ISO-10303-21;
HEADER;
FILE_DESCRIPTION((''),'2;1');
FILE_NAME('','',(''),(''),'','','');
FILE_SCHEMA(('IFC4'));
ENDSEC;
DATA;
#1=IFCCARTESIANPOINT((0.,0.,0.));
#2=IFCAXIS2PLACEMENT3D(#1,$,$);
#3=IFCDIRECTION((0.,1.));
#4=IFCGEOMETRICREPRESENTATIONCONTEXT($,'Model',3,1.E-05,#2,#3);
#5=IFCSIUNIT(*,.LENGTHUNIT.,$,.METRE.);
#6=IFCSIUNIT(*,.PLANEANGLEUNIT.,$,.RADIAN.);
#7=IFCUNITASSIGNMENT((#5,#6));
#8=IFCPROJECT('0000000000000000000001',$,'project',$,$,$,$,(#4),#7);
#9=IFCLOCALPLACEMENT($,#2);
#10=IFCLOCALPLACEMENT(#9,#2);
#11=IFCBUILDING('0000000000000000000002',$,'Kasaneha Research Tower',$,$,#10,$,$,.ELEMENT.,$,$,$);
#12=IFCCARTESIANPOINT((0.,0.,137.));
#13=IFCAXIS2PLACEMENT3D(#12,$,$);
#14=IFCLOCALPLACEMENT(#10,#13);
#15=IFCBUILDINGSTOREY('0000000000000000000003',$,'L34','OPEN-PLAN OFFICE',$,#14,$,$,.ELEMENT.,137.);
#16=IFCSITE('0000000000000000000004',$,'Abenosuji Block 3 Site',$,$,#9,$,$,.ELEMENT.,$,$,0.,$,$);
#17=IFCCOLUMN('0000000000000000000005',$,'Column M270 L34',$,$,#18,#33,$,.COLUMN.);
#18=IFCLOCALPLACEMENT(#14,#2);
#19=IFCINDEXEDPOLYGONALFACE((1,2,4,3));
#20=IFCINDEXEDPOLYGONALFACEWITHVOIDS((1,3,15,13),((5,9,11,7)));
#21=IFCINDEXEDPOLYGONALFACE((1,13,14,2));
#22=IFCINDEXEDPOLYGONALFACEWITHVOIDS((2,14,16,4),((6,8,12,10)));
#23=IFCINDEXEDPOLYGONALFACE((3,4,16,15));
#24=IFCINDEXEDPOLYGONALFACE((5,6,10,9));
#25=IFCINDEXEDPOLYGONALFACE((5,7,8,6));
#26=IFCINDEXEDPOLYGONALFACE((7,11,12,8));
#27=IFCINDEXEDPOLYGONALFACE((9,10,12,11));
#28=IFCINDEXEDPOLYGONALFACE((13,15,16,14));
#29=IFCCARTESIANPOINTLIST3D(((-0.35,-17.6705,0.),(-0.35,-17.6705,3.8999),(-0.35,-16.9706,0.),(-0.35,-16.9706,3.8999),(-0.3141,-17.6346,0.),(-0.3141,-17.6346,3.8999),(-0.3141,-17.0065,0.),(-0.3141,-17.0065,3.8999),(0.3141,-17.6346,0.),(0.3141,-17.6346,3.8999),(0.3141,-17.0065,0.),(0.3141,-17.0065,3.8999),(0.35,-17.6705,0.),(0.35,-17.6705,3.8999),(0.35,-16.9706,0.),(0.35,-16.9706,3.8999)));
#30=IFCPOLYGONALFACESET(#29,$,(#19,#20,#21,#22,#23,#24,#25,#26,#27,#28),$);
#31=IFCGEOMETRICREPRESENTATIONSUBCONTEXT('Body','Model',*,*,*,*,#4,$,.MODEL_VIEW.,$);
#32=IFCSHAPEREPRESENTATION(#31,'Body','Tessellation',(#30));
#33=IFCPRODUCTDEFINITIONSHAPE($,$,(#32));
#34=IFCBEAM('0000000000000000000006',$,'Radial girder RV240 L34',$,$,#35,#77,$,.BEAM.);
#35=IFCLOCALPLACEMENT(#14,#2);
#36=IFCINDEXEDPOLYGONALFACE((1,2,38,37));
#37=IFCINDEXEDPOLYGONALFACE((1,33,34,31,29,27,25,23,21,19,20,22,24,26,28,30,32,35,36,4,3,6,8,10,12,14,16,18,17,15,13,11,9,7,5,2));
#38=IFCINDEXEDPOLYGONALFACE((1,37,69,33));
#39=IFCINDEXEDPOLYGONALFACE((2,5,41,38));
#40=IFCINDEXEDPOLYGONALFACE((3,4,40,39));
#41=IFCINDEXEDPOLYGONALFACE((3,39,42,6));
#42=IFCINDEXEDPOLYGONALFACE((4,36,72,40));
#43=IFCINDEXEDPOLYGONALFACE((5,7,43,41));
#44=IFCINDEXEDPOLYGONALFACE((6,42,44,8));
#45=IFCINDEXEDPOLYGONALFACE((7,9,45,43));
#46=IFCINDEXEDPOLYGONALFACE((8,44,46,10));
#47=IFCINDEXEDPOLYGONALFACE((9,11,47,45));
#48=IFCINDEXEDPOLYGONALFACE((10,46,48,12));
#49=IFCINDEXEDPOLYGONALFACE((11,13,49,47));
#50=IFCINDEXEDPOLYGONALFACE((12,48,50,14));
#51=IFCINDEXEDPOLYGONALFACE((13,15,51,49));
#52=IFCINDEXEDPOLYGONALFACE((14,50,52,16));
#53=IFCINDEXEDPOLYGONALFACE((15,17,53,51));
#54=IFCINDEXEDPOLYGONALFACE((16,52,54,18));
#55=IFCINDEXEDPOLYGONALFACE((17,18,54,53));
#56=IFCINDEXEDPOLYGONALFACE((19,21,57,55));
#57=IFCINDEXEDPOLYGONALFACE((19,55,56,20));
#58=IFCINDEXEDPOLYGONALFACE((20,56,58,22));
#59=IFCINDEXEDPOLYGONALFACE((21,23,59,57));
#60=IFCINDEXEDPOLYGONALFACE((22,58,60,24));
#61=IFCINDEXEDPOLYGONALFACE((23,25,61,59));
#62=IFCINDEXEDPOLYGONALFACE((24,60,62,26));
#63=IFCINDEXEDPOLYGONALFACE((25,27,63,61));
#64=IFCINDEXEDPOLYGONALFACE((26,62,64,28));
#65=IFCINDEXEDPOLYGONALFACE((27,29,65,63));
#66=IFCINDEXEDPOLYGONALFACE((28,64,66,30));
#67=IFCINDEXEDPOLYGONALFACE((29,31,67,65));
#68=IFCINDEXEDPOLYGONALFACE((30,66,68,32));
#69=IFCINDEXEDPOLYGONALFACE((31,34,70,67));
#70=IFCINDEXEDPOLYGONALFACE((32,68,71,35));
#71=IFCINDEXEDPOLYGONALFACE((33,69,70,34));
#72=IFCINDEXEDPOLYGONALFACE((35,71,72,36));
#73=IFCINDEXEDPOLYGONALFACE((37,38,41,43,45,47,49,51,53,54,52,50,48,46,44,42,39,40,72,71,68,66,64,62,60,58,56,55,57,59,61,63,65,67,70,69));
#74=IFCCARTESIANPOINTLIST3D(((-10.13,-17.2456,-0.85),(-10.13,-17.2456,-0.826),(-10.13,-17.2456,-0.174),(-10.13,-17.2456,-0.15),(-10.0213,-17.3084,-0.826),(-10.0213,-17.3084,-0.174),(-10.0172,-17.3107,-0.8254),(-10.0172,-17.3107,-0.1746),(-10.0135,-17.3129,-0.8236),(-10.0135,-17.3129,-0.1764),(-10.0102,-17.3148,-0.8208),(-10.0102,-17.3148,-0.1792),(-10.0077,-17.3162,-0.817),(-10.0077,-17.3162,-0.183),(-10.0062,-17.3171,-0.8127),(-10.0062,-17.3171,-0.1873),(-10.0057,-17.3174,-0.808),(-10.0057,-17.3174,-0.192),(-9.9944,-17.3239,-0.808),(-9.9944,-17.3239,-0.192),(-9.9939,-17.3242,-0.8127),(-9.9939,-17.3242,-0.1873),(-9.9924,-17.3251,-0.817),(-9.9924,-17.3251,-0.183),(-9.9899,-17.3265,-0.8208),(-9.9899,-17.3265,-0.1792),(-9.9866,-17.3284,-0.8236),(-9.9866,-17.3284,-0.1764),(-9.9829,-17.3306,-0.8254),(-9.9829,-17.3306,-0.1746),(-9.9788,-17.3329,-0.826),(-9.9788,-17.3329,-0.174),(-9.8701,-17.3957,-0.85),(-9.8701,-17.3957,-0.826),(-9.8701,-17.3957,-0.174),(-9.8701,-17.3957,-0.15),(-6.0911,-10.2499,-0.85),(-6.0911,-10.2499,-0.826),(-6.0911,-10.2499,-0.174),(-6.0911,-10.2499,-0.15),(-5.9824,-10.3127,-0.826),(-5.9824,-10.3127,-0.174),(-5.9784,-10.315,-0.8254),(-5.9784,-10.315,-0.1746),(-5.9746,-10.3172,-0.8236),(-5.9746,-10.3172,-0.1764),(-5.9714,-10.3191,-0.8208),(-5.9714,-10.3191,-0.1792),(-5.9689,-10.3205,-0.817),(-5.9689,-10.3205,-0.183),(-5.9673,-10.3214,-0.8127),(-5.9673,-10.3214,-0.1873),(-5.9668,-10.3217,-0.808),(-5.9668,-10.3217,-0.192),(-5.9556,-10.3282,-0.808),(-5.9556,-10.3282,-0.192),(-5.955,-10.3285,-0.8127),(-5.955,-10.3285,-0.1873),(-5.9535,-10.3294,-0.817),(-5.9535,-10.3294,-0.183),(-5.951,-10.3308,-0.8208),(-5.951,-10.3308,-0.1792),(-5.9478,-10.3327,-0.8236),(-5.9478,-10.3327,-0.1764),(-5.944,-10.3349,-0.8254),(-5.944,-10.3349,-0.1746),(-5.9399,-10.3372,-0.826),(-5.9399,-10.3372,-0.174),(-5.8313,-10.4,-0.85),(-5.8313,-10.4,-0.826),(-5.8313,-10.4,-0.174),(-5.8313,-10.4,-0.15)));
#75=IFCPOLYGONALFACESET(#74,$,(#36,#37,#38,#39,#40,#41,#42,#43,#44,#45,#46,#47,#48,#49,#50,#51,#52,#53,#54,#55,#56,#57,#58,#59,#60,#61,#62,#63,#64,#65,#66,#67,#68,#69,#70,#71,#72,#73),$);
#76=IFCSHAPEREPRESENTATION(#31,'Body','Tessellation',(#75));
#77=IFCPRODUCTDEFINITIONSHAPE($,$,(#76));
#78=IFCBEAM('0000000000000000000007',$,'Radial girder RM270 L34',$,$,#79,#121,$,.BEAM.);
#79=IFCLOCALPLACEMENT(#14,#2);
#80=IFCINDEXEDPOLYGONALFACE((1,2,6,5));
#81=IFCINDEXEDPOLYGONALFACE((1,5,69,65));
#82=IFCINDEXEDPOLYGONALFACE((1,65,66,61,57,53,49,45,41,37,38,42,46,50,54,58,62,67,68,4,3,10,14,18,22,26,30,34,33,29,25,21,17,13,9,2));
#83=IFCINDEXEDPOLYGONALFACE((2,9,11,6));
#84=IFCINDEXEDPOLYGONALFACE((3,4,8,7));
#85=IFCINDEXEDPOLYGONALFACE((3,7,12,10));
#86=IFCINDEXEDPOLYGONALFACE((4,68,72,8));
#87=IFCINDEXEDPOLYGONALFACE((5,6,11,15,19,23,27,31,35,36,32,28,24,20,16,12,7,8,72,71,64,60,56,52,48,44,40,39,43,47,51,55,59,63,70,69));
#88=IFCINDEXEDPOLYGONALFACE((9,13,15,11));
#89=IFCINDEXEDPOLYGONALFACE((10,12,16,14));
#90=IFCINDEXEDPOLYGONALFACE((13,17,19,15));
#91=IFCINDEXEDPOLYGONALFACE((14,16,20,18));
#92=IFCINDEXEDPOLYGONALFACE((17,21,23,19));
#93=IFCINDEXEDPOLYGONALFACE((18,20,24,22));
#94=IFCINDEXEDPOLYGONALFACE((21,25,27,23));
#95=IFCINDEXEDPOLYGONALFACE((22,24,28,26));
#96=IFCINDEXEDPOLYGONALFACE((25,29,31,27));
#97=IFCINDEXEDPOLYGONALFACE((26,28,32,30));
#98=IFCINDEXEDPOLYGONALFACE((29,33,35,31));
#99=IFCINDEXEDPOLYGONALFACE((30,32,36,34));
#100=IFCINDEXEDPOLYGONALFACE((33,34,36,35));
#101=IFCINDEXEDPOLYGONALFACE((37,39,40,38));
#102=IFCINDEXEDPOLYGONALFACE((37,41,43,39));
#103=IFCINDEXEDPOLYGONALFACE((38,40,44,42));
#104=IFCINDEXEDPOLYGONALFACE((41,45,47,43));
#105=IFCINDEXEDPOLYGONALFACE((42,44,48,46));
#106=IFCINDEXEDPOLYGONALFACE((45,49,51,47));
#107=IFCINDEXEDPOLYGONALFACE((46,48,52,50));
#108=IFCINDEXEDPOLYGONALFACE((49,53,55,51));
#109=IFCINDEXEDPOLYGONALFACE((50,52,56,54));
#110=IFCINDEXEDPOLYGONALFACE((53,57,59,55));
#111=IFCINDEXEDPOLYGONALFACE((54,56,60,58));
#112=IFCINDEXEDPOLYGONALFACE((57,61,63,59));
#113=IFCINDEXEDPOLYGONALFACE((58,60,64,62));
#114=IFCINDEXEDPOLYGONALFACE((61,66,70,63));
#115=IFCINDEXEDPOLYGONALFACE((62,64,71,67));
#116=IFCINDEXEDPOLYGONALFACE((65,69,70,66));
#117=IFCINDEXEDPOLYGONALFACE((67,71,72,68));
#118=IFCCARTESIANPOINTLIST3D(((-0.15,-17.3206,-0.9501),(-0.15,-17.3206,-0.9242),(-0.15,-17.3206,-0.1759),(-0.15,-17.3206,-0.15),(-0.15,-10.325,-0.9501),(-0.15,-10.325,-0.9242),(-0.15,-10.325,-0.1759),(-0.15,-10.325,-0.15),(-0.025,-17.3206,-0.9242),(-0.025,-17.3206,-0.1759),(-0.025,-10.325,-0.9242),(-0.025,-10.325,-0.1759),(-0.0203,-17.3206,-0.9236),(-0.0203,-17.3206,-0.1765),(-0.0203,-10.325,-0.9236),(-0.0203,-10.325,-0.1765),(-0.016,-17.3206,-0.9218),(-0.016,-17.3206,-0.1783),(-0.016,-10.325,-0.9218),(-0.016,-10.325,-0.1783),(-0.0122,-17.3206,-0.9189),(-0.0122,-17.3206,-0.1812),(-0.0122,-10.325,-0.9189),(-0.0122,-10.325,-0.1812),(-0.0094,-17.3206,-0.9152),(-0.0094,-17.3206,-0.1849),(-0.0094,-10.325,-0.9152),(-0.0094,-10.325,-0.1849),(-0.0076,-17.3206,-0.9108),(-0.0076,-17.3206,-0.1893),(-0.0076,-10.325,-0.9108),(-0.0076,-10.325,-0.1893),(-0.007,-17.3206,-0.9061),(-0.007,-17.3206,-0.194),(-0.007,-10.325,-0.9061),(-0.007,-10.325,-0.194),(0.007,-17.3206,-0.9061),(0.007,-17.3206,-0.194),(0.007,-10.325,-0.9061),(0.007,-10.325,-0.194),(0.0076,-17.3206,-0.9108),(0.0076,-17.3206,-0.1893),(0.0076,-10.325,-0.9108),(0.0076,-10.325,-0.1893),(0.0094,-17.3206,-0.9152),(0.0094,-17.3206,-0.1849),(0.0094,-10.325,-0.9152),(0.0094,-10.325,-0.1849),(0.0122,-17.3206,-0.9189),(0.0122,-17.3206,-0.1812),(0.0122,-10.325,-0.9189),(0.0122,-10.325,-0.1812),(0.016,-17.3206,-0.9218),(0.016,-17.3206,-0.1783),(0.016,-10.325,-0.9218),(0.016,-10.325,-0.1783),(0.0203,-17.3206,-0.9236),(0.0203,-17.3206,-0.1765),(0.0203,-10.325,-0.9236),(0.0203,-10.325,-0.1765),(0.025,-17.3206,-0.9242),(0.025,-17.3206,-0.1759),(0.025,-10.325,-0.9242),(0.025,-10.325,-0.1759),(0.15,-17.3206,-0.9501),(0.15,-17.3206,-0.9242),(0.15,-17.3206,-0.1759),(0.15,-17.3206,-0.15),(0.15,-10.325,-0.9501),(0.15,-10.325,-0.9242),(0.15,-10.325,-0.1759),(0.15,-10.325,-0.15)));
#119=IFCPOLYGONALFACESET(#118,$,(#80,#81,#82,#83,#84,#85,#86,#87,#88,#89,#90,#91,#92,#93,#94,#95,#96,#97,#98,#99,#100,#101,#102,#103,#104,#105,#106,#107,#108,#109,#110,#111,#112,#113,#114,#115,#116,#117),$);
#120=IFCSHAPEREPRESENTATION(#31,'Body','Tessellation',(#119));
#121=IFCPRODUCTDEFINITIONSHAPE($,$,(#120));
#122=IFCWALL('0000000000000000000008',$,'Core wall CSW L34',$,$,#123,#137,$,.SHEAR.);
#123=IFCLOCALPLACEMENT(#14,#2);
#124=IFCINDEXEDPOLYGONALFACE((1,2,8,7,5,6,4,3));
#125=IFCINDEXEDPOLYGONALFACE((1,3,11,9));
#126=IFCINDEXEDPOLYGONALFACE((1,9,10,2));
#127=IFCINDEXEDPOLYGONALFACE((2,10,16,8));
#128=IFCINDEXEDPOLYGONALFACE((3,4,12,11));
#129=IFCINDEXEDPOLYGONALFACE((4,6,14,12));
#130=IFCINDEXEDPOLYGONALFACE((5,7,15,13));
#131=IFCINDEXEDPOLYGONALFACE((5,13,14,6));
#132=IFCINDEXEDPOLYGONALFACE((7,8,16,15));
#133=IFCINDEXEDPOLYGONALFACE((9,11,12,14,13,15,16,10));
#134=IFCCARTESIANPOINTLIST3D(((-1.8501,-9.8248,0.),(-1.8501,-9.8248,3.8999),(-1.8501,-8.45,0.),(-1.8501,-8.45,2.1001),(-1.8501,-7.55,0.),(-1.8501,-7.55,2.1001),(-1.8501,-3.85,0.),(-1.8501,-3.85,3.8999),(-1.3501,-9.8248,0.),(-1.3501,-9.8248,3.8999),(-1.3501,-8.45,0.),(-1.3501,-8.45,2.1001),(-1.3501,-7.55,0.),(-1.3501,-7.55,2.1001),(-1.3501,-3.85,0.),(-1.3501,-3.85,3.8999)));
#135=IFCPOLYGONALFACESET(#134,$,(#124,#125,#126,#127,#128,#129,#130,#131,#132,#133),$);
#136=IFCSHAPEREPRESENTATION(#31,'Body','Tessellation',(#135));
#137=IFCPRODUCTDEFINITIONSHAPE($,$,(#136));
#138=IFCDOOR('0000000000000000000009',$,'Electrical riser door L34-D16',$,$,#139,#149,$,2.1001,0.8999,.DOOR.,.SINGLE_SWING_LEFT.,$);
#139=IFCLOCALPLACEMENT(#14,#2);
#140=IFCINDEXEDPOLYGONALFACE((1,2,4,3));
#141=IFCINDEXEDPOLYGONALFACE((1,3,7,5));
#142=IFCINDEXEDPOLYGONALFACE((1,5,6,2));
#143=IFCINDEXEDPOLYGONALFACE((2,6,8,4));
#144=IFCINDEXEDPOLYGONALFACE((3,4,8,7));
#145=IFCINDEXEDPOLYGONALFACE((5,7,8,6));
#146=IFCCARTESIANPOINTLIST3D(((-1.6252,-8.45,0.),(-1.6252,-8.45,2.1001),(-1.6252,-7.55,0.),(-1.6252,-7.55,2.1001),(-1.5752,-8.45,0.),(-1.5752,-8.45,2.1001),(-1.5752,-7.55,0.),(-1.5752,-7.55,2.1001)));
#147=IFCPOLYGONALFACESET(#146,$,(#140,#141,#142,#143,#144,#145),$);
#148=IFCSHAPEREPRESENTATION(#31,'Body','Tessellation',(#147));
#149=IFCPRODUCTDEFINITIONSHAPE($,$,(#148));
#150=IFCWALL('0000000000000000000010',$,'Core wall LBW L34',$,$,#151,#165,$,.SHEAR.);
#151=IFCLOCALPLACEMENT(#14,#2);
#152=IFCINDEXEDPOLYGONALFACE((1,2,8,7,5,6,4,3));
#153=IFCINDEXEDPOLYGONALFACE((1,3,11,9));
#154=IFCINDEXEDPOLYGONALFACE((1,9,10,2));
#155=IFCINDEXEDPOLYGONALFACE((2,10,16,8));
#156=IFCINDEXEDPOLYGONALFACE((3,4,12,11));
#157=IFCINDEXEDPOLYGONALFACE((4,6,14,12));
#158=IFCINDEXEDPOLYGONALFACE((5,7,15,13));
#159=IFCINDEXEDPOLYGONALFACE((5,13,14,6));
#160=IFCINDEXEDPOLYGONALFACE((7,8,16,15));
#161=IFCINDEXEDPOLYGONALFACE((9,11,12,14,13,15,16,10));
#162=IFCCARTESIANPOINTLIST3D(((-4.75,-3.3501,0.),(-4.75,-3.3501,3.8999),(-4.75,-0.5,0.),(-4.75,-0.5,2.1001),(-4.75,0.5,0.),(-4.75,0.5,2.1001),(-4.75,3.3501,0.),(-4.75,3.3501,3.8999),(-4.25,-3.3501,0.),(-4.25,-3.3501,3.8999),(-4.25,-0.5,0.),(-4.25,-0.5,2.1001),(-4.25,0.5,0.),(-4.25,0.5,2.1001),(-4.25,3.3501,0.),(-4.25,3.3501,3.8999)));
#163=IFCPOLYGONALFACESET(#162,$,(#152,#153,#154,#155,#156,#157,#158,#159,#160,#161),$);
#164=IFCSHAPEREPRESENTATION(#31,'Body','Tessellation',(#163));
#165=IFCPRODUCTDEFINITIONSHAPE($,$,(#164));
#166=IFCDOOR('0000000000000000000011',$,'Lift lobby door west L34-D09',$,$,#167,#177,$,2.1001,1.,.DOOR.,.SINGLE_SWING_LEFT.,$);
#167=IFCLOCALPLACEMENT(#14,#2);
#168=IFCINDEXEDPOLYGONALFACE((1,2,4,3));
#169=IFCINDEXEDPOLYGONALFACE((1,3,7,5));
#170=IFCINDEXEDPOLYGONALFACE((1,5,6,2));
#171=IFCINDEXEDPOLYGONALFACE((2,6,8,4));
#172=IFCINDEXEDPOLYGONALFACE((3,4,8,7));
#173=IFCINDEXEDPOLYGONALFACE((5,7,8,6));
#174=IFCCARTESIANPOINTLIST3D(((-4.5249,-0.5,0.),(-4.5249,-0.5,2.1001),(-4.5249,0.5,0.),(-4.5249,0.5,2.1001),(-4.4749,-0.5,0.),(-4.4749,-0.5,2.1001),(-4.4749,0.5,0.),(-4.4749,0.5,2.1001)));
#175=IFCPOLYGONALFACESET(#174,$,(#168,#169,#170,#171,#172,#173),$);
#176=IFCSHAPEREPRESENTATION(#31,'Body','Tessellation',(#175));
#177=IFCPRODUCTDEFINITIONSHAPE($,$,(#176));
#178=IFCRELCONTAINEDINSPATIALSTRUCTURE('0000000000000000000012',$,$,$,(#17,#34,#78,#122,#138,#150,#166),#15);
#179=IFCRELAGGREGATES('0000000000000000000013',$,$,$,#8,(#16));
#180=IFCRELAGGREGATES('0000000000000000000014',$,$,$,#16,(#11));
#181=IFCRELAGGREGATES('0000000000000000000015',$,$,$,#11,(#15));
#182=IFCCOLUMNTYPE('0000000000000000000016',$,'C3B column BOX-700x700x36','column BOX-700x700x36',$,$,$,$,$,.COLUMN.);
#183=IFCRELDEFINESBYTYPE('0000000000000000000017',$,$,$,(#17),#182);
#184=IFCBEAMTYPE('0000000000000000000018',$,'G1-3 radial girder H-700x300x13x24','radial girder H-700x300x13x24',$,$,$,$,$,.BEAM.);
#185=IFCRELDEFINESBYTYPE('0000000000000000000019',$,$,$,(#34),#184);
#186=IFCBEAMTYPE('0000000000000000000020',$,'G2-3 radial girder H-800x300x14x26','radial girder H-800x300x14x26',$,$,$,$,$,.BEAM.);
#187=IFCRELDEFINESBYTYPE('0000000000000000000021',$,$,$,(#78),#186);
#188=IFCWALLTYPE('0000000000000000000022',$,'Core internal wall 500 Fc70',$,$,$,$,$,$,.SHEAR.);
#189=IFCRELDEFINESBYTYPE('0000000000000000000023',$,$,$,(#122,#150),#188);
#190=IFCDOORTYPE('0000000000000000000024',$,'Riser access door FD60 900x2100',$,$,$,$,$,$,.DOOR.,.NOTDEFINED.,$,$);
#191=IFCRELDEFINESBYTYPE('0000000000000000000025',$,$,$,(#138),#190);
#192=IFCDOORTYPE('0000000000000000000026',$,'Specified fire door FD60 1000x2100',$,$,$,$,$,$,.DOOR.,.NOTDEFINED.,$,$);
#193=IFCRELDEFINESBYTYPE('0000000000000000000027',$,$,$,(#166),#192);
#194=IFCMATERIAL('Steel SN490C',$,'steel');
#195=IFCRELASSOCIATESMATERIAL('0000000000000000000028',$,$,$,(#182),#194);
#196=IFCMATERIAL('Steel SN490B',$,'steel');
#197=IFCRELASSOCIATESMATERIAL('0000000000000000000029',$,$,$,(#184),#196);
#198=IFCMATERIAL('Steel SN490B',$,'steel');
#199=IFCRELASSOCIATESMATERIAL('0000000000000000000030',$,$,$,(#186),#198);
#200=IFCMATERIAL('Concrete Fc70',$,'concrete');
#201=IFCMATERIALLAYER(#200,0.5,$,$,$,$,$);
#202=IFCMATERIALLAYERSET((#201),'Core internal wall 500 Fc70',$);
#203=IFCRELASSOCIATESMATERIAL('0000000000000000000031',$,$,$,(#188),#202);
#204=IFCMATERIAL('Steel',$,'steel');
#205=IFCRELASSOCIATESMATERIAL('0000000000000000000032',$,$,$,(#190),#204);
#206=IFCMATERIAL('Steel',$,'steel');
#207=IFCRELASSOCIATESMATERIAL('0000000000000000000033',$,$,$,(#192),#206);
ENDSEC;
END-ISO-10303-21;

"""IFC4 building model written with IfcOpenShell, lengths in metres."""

from ifc_helpers import new_model, si_unit, direction, frame, frame_2d, origin, origin_2d, place, context, subcontext, project, spatial, rectangle, hollow_rectangle, i_section, extrude, material, layer, layer_set, material_profile, profile_set, type_object, element, fill, save


model = new_model("IFC4")

# Units and contexts
model_context = context("Model", 3, precision=1e-05, world=origin(), true_north=direction((0.0, 1.0)))
body_context = subcontext(model_context, "Body", "Model", "MODEL_VIEW")
ifc_project = project(units=[si_unit("LENGTHUNIT", "METRE"), si_unit("PLANEANGLEUNIT", "RADIAN")], contexts=[model_context])

# Site, building, storey
site_placement = place(None, origin())
site = spatial("IfcSite", under=ifc_project, at=site_placement, Name="Abenosuji Block 3 Site", CompositionType="ELEMENT", RefElevation=0.0)
building_placement = place(site_placement, origin())
building = spatial("IfcBuilding", under=site, at=building_placement, Name="Kasaneha Research Tower", CompositionType="ELEMENT")
storey_placement = place(building_placement, frame((0.0, 0.0, 137.0)))
storey = spatial("IfcBuildingStorey", under=building, at=storey_placement, Name="L34", Description="OPEN-PLAN OFFICE", CompositionType="ELEMENT", Elevation=137.0)

# Column
ifc_material_1 = material(Name="Steel SN490C", Category="steel")
ifc_material_profile_1 = material_profile(ifc_material_1, hollow_rectangle(XDim=0.7, YDim=0.7, WallThickness=0.0359, at=origin_2d()), Name="BOX-700x700x36")
ifc_profile_set_1 = profile_set([ifc_material_profile_1], Name="Steel SN490C")
column_type = type_object("IfcColumnType", Name="C3B column BOX-700x700x36", Description="column BOX-700x700x36", PredefinedType="COLUMN", material=ifc_profile_set_1)
column_placement = place(storey_placement, frame((0.0, -17.3206, 0.0), z_axis=(0.0, 0.0, 1.0), x_axis=(1.0, 0.0, 0.0)))
element("IfcColumn", 1, at=column_placement, inside=storey, type_object=column_type, Name="Column M270 L34", PredefinedType="COLUMN", context=body_context, shape_type="SweptSolid", body=[
    extrude(hollow_rectangle(XDim=0.7, YDim=0.7, WallThickness=0.0359, at=origin_2d()), origin(), (0.0, 0.0, 1.0), 3.8999),
])

# Beams
ifc_material_2 = material(Name="Steel SN490B", Category="steel")
ifc_material_profile_2 = material_profile(ifc_material_2, i_section(OverallWidth=0.3, OverallDepth=0.7, WebThickness=0.0129, FlangeThickness=0.0239, FilletRadius=0.0181, at=origin_2d()), Name="H-700x300x13x24")
ifc_profile_set_2 = profile_set([ifc_material_profile_2], Name="Steel SN490B")
beam_type_1 = type_object("IfcBeamType", Name="G1-3 radial girder H-700x300x13x24", Description="radial girder H-700x300x13x24", PredefinedType="BEAM", material=ifc_profile_set_2)
beam_1_placement = place(storey_placement, frame((-5.9612, -10.325, -0.5), z_axis=(-0.499991, -0.866031, 0.0), x_axis=(0.866031, -0.499991, 0.0)))
element("IfcBeam", 2, at=beam_1_placement, inside=storey, type_object=beam_type_1, Name="Radial girder RV240 L34", PredefinedType="BEAM", context=body_context, shape_type="SweptSolid", body=[
    extrude(i_section(OverallWidth=0.3, OverallDepth=0.7, WebThickness=0.0129, FlangeThickness=0.0239, FilletRadius=0.0181, at=origin_2d()), origin(), (0.0, 0.0, 1.0), 8.0779),
])
ifc_material_3 = material(Name="Steel SN490B", Category="steel")
ifc_material_profile_3 = material_profile(ifc_material_3, i_section(OverallWidth=0.3, OverallDepth=0.8, WebThickness=0.0139, FlangeThickness=0.0259, FilletRadius=0.0181, at=origin_2d()), Name="H-800x300x14x26")
ifc_profile_set_3 = profile_set([ifc_material_profile_3], Name="Steel SN490B")
beam_type_2 = type_object("IfcBeamType", Name="G2-3 radial girder H-800x300x14x26", Description="radial girder H-800x300x14x26", PredefinedType="BEAM", material=ifc_profile_set_3)
beam_2_placement = place(storey_placement, frame((0.0, -10.325, -0.55), z_axis=(0.0, -1.0, 0.0), x_axis=(1.0, 0.0, 0.0)))
element("IfcBeam", 3, at=beam_2_placement, inside=storey, type_object=beam_type_2, Name="Radial girder RM270 L34", PredefinedType="BEAM", context=body_context, shape_type="SweptSolid", body=[
    extrude(i_section(OverallWidth=0.3, OverallDepth=0.8, WebThickness=0.0139, FlangeThickness=0.0259, FilletRadius=0.0181, at=origin_2d()), origin(), (0.0, 0.0, 1.0), 6.9956),
])

# Walls, openings, doors
ifc_material_4 = material(Name="Concrete Fc70", Category="concrete")
ifc_layer_1 = layer(ifc_material_4, 0.5)
ifc_layer_set_1 = layer_set([ifc_layer_1], Name="Core internal wall 500 Fc70")
wall_type_1 = type_object("IfcWallType", Name="Core internal wall 500 Fc70", PredefinedType="SHEAR", material=ifc_layer_set_1)
wall_1_placement = place(storey_placement, frame((-1.6001, -3.8501, 0.0), z_axis=(0.0, 0.0, 1.0), x_axis=(0.0, -1.0, 0.0)))
wall_1 = element("IfcWall", 4, at=wall_1_placement, inside=storey, type_object=wall_type_1, Name="Core wall CSW L34", PredefinedType="SHEAR", context=body_context, shape_type="SweptSolid", body=[
    extrude(rectangle(XDim=5.9749, YDim=0.5, at=frame_2d((2.9873, 0.0))), origin(), (0.0, 0.0, 1.0), 3.8999),
])
opening_1_placement = place(wall_1_placement, frame((3.7, 0.0, 0.0)))
opening_1 = element("IfcOpeningElement", 5, at=opening_1_placement, cuts=wall_1, PredefinedType="OPENING", context=body_context, shape_type="SweptSolid", body=[
    extrude(rectangle(XDim=0.8999, YDim=2.1001, at=frame_2d((0.45, 1.05))), frame((0.0, 0.26, 0.0), z_axis=(0.0, -1.0, 0.0), x_axis=(1.0, 0.0, 0.0)), (0.0, 0.0, 1.0), 0.52),
])
ifc_material_5 = material(Name="Steel", Category="steel")
door_type_1 = type_object("IfcDoorType", Name="Riser access door FD60 900x2100", OperationType="NOTDEFINED", PredefinedType="DOOR", material=ifc_material_5)
door_1_placement = place(opening_1_placement, origin())
door_1 = element("IfcDoor", 6, at=door_1_placement, inside=storey, type_object=door_type_1, Name="Electrical riser door L34-D16", OperationType="SINGLE_SWING_LEFT", OverallHeight=2.1001, OverallWidth=0.8999, PredefinedType="DOOR", context=body_context, shape_type="SweptSolid", body=[
    extrude(rectangle(XDim=0.8999, YDim=2.1001, at=frame_2d((0.45, 1.05))), frame((0.0, 0.0249, 0.0), z_axis=(0.0, -1.0, 0.0), x_axis=(1.0, 0.0, 0.0)), (0.0, 0.0, 1.0), 0.05),
])
fill(opening_1, door_1)
wall_2_placement = place(storey_placement, frame((-4.5, -3.3501, 0.0), z_axis=(0.0, 0.0, 1.0), x_axis=(0.0, 1.0, 0.0)))
wall_2 = element("IfcWall", 7, at=wall_2_placement, inside=storey, type_object=wall_type_1, Name="Core wall LBW L34", PredefinedType="SHEAR", context=body_context, shape_type="SweptSolid", body=[
    extrude(rectangle(XDim=6.7002, YDim=0.5, at=frame_2d((3.3501, 0.0))), origin(), (0.0, 0.0, 1.0), 3.8999),
])
opening_2_placement = place(wall_2_placement, frame((2.8501, 0.0, 0.0)))
opening_2 = element("IfcOpeningElement", 8, at=opening_2_placement, cuts=wall_2, PredefinedType="OPENING", context=body_context, shape_type="SweptSolid", body=[
    extrude(rectangle(XDim=1.0, YDim=2.1001, at=frame_2d((0.5, 1.05))), frame((0.0, 0.26, 0.0), z_axis=(0.0, -1.0, 0.0), x_axis=(1.0, 0.0, 0.0)), (0.0, 0.0, 1.0), 0.52),
])
ifc_material_6 = material(Name="Steel", Category="steel")
door_type_2 = type_object("IfcDoorType", Name="Specified fire door FD60 1000x2100", OperationType="NOTDEFINED", PredefinedType="DOOR", material=ifc_material_6)
door_2_placement = place(opening_2_placement, origin())
door_2 = element("IfcDoor", 9, at=door_2_placement, inside=storey, type_object=door_type_2, Name="Lift lobby door west L34-D09", OperationType="SINGLE_SWING_LEFT", OverallHeight=2.1001, OverallWidth=1.0, PredefinedType="DOOR", context=body_context, shape_type="SweptSolid", body=[
    extrude(rectangle(XDim=1.0, YDim=2.1001, at=frame_2d((0.5, 1.05))), frame((0.0, 0.0249, 0.0), z_axis=(0.0, -1.0, 0.0), x_axis=(1.0, 0.0, 0.0)), (0.0, 0.0, 1.0), 0.05),
])
fill(opening_2, door_2)

save(model, "model.ifc")
